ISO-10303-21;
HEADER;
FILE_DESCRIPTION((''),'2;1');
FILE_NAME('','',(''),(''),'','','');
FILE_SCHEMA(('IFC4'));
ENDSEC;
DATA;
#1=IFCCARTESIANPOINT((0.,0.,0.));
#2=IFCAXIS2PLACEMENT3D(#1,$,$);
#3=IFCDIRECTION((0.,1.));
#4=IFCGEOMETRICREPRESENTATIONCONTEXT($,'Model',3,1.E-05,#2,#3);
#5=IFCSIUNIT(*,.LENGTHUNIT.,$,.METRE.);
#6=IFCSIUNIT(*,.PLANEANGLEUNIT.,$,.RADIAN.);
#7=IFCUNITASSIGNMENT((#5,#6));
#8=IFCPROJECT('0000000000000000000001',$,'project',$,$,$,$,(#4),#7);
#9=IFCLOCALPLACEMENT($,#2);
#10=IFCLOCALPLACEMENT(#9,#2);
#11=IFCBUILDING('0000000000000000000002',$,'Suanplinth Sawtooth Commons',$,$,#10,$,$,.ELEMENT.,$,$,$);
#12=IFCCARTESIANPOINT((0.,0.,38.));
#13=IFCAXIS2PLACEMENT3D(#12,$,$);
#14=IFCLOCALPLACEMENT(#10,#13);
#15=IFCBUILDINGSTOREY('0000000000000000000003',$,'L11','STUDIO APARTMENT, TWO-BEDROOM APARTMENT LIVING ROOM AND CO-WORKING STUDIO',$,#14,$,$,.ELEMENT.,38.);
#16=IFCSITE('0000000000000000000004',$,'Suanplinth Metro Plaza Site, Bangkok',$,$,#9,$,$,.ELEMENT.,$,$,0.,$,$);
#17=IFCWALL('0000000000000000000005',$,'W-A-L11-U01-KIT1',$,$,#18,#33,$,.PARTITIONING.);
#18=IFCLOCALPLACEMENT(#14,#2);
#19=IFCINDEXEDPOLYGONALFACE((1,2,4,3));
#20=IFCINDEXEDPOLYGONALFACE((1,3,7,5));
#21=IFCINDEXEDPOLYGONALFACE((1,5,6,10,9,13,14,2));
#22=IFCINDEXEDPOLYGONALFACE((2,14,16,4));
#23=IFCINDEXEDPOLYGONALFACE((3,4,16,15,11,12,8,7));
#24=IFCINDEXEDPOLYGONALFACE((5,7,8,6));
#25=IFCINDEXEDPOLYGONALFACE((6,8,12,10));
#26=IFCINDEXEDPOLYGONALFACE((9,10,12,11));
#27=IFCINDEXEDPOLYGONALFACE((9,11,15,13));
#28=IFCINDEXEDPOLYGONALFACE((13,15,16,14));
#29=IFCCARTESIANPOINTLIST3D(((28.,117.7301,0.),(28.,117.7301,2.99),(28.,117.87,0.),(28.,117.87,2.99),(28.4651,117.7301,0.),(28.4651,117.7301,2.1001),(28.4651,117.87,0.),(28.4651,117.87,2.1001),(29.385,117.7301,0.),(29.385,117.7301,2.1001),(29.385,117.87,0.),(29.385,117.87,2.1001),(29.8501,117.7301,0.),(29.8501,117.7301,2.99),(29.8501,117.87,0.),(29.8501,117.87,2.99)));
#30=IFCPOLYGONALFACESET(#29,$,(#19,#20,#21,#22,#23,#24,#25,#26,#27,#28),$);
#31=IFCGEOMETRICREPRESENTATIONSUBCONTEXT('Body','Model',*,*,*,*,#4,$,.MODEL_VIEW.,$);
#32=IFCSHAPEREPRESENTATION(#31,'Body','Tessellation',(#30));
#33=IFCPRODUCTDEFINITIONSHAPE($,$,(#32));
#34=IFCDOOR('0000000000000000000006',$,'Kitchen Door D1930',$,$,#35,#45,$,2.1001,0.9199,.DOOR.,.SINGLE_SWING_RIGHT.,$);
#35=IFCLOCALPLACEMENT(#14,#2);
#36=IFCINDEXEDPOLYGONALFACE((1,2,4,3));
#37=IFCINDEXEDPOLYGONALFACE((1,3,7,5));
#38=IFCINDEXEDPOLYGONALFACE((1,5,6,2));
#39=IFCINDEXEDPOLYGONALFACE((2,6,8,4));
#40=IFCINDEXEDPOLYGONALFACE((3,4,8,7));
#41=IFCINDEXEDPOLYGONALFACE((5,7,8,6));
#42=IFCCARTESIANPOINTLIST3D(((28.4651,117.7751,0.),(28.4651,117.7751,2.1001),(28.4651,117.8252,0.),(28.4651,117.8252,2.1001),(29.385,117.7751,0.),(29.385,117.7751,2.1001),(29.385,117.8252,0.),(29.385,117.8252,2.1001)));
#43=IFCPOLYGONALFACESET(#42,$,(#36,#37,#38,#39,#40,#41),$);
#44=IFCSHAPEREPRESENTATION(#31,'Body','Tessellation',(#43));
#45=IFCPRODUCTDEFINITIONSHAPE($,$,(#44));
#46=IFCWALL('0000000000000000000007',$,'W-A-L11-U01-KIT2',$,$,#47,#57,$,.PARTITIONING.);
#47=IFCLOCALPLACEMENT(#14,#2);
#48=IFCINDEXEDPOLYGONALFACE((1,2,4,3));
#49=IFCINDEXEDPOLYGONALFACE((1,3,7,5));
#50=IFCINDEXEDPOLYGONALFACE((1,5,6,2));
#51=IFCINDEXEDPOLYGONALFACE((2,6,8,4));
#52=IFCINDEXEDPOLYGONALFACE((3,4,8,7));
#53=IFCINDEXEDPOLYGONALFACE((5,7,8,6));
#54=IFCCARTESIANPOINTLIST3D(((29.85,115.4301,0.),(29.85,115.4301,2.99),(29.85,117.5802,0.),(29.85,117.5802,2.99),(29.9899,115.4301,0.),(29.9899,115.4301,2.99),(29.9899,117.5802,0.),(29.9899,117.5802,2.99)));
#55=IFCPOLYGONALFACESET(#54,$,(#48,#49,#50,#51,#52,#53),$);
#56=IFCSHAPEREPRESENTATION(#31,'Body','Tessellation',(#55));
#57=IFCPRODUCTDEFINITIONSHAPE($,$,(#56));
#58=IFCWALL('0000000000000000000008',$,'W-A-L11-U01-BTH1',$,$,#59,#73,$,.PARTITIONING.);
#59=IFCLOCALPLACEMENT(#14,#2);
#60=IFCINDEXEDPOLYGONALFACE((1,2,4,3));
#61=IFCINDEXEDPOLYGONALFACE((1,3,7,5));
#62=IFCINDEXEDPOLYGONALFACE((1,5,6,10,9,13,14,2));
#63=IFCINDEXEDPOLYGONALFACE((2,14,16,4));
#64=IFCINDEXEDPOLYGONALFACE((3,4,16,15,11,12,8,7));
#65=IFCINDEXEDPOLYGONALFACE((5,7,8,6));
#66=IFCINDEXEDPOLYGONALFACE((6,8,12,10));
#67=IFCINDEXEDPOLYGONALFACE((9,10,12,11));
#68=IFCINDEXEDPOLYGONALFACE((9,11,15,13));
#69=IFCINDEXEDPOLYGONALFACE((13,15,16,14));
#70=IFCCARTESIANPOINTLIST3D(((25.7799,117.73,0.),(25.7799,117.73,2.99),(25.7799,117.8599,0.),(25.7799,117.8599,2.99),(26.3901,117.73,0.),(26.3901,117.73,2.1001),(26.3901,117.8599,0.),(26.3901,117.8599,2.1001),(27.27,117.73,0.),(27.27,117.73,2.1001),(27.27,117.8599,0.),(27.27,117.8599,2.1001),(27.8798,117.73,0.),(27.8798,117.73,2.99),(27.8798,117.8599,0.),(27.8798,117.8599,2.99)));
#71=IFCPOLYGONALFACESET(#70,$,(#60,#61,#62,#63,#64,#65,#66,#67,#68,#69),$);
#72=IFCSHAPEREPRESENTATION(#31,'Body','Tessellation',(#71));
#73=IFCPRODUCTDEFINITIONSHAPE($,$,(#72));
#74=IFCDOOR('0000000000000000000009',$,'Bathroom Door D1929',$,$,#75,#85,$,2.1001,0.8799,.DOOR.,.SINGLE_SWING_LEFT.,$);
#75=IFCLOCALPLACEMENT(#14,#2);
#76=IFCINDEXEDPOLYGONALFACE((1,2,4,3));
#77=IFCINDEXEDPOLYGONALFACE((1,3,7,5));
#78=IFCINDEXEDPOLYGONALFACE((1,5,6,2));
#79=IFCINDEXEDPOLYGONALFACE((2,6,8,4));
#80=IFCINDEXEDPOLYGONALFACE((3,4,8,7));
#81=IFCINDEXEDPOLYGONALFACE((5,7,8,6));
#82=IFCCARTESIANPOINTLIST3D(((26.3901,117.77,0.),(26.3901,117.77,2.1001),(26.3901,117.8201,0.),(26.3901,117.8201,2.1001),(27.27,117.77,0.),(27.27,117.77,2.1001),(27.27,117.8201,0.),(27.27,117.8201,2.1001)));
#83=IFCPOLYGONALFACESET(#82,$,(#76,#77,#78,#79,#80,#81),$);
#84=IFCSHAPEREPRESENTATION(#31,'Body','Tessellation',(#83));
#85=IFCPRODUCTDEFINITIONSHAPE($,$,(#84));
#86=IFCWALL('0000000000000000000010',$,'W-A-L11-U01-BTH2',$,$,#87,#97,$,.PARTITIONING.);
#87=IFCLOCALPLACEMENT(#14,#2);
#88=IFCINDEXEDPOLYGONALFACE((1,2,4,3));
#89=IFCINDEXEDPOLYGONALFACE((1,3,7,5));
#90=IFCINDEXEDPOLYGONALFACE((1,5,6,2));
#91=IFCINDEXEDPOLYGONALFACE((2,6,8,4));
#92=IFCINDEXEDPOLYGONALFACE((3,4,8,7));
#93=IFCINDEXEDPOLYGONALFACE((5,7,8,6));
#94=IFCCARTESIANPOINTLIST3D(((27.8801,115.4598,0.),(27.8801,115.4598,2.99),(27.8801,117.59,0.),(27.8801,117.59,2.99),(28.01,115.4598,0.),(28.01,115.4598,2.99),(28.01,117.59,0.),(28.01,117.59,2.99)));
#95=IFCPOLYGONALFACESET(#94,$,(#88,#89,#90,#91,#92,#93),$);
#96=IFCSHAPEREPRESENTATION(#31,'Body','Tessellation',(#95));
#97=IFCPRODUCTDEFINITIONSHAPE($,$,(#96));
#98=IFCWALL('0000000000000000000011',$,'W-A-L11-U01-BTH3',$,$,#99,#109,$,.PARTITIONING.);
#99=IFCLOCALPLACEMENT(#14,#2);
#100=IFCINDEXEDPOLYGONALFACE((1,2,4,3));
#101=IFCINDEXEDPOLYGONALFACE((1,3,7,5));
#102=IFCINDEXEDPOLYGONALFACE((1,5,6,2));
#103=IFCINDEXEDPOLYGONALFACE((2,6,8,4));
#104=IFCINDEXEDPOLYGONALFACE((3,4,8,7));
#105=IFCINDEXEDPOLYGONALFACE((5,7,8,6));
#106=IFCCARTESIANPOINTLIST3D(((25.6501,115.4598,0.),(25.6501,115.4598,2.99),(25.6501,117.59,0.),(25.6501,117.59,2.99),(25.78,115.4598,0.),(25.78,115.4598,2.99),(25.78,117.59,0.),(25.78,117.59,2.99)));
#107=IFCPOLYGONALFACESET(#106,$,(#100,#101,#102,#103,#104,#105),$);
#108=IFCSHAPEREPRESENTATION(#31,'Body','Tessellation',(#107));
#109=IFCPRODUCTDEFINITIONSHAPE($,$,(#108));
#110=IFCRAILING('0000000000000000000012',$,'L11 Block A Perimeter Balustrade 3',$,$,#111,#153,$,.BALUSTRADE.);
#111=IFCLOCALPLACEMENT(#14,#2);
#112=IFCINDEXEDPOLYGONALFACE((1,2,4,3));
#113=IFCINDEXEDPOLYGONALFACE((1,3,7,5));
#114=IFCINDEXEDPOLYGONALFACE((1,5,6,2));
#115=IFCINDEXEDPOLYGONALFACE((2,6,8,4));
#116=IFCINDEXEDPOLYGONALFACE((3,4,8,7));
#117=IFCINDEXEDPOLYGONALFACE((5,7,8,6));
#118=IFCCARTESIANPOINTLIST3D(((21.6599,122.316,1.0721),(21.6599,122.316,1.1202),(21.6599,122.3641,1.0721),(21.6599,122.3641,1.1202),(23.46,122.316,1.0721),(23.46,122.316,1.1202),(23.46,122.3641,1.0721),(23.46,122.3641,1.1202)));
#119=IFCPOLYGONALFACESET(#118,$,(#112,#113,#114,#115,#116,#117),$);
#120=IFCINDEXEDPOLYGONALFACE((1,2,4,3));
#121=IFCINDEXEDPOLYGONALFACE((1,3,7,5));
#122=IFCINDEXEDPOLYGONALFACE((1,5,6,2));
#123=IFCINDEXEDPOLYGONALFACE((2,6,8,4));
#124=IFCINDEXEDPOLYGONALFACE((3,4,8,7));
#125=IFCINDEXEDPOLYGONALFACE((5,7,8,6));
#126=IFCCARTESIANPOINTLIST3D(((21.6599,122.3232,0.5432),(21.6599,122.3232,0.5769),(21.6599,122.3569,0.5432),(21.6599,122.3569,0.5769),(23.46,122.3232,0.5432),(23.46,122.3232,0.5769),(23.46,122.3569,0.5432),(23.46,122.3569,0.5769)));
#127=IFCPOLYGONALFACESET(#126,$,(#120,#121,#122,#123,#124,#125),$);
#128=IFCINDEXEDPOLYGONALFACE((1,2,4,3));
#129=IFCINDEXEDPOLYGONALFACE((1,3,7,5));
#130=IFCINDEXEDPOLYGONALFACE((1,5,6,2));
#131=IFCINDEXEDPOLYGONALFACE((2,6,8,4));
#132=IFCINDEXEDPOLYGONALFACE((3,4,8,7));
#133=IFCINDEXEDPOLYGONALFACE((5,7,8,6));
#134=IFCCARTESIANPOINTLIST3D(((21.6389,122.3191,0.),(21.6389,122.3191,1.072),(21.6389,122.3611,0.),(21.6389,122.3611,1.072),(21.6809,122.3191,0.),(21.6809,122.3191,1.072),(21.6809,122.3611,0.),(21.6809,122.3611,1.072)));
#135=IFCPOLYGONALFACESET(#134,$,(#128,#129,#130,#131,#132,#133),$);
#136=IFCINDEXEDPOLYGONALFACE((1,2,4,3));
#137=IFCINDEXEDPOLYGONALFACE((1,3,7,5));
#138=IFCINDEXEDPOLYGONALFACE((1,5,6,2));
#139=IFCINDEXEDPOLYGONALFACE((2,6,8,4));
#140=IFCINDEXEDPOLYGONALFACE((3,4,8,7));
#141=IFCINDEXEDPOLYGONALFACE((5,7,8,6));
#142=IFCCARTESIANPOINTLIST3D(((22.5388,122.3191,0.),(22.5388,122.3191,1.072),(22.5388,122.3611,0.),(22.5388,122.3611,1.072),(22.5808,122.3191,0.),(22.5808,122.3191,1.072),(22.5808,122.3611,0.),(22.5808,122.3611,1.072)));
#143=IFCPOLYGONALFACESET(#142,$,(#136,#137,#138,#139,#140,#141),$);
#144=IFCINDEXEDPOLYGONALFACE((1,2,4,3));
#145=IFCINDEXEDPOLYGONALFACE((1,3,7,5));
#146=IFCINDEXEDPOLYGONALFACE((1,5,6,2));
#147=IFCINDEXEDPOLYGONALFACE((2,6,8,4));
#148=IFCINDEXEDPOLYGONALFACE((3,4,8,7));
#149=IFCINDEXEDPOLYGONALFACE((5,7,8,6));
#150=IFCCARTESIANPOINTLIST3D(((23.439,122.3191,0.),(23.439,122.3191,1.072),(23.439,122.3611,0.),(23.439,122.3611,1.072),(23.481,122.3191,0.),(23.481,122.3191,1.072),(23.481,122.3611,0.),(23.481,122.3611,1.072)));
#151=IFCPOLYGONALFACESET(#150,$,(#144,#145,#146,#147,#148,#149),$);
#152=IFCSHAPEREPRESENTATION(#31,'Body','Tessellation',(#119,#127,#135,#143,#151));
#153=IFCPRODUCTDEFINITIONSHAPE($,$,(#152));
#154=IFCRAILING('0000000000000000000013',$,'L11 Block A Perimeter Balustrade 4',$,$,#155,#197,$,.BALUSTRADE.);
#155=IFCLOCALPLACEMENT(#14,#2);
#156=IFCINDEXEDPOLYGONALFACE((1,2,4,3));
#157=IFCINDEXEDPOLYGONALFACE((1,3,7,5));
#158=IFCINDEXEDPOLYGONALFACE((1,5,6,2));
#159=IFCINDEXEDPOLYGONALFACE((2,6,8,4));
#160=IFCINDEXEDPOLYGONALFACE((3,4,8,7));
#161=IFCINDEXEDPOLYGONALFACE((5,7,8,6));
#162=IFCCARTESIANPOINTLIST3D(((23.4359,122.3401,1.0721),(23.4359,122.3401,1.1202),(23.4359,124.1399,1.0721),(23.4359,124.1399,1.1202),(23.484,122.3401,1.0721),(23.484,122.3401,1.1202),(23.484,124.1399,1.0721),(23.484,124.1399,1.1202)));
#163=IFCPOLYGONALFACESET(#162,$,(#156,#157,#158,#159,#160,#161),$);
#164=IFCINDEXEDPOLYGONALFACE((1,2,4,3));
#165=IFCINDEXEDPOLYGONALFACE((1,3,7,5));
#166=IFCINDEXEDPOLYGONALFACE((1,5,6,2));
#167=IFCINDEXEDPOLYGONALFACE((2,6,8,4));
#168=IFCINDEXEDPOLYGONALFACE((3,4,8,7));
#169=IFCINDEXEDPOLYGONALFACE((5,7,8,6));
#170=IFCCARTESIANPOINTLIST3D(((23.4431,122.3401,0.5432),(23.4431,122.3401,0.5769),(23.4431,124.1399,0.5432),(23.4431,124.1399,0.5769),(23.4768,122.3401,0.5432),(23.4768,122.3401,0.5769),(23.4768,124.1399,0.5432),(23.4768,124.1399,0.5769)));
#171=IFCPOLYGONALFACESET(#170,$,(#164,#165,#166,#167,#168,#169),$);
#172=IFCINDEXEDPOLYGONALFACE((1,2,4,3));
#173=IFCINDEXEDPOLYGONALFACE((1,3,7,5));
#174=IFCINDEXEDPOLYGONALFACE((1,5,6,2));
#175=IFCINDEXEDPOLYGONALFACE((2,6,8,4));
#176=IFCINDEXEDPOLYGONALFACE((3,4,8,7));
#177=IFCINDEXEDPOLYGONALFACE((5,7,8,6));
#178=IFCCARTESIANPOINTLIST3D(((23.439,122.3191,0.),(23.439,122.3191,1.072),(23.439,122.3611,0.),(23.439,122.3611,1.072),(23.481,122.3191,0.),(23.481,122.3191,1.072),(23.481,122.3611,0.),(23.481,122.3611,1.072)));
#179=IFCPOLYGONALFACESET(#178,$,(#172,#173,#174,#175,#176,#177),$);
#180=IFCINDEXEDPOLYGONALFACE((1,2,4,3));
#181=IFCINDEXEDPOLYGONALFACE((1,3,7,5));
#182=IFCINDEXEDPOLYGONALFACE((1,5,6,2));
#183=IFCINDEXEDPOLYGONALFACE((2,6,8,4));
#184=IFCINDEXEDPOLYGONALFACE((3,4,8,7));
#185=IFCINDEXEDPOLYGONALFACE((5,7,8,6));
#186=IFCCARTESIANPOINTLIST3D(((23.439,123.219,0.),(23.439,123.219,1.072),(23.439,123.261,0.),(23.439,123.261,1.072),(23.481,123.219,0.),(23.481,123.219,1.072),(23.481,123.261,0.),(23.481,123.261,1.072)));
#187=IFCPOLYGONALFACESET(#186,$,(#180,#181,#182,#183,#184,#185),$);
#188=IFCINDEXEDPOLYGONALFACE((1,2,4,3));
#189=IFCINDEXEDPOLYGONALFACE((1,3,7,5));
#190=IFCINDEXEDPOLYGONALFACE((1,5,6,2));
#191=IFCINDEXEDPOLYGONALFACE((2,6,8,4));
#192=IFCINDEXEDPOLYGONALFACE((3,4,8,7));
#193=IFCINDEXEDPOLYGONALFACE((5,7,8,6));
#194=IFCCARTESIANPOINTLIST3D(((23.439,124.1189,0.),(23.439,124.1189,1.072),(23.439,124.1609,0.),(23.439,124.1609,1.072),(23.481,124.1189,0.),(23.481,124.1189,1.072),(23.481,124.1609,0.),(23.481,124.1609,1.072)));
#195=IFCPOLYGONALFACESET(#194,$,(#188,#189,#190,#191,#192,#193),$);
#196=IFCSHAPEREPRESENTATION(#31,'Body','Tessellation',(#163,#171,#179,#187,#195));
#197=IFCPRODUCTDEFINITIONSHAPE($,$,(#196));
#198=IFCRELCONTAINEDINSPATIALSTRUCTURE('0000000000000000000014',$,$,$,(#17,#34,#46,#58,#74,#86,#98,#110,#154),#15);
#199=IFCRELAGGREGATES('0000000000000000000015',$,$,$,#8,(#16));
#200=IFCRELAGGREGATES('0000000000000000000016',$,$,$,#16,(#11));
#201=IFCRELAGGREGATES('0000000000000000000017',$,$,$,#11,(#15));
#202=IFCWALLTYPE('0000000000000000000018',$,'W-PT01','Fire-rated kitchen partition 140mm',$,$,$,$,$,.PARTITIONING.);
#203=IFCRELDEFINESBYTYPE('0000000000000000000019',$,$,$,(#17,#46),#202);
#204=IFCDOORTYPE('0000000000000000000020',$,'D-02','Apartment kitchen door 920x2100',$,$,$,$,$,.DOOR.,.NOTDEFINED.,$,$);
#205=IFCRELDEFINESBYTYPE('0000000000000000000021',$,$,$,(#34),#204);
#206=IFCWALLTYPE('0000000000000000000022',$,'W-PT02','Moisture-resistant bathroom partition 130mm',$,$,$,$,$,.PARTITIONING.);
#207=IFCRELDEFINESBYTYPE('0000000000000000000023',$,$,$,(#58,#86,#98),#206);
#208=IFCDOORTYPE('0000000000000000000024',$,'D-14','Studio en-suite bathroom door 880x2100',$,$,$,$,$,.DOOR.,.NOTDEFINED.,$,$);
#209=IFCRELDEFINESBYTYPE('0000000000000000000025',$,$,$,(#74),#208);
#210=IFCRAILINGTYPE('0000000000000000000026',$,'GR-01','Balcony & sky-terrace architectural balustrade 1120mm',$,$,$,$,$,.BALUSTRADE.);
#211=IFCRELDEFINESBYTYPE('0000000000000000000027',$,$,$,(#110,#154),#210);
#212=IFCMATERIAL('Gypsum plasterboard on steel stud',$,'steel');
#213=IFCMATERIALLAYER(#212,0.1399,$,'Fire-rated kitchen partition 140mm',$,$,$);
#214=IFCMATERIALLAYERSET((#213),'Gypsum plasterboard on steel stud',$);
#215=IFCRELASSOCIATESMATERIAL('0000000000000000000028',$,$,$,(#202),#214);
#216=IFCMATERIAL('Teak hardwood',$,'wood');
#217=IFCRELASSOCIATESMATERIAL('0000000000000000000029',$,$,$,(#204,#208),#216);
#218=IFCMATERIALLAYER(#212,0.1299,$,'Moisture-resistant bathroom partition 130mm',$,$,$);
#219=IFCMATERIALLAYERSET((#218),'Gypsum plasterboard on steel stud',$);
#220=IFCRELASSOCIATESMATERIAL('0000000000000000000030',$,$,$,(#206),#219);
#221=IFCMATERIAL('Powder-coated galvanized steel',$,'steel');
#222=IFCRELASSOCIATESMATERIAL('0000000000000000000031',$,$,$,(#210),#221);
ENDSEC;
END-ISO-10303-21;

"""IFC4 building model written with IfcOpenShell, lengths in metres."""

from ifc_helpers import new_model, si_unit, direction, frame, frame_2d, origin, origin_2d, place, context, subcontext, project, spatial, rectangle, extrude, material, layer, layer_set, type_object, element, fill, save


model = new_model("IFC4")

# Units and contexts
model_context = context("Model", 3, precision=1e-05, world=origin(), true_north=direction((0.0, 1.0)))
body_context = subcontext(model_context, "Body", "Model", "MODEL_VIEW")
ifc_project = project(units=[si_unit("LENGTHUNIT", "METRE"), si_unit("PLANEANGLEUNIT", "RADIAN")], contexts=[model_context])

# Site, building, storey
site_placement = place(None, origin())
site = spatial("IfcSite", under=ifc_project, at=site_placement, Name="Suanplinth Metro Plaza Site, Bangkok", CompositionType="ELEMENT", RefElevation=0.0)
building_placement = place(site_placement, origin())
building = spatial("IfcBuilding", under=site, at=building_placement, Name="Suanplinth Sawtooth Commons", CompositionType="ELEMENT")
storey_placement = place(building_placement, frame((0.0, 0.0, 38.0)))
storey = spatial("IfcBuildingStorey", under=building, at=storey_placement, Name="L11", Description="STUDIO APARTMENT, TWO-BEDROOM APARTMENT LIVING ROOM AND CO-WORKING STUDIO", CompositionType="ELEMENT", Elevation=38.0)

# Wall, opening, door
ifc_material_1 = material(Name="Gypsum plasterboard on steel stud", Category="steel")
ifc_layer_1 = layer(ifc_material_1, 0.1399, Name="Fire-rated kitchen partition 140mm")
ifc_layer_set_1 = layer_set([ifc_layer_1], Name="Gypsum plasterboard on steel stud")
wall_type_1 = type_object("IfcWallType", Name="W-PT01", Description="Fire-rated kitchen partition 140mm", PredefinedType="PARTITIONING", material=ifc_layer_set_1)
wall_1_placement = place(storey_placement, frame((28.0, 117.8, 0.0), z_axis=(0.0, 0.0, 1.0), x_axis=(1.0, 0.0, 0.0)))
wall_1 = element("IfcWall", 1, at=wall_1_placement, inside=storey, type_object=wall_type_1, Name="W-A-L11-U01-KIT1", PredefinedType="PARTITIONING", context=body_context, shape_type="SweptSolid", body=[
    extrude(rectangle(XDim=1.8501, YDim=0.1399, at=frame_2d((0.925, 0.0))), origin(), (0.0, 0.0, 1.0), 2.99),
])
opening_1_placement = place(wall_1_placement, frame((0.4651, 0.0, 0.0)))
opening_1 = element("IfcOpeningElement", 2, at=opening_1_placement, cuts=wall_1, PredefinedType="OPENING", context=body_context, shape_type="SweptSolid", body=[
    extrude(rectangle(XDim=0.9199, YDim=2.1001, at=frame_2d((0.46, 1.05))), frame((0.0, 0.085, 0.0), z_axis=(0.0, -1.0, 0.0), x_axis=(1.0, 0.0, 0.0)), (0.0, 0.0, 1.0), 0.1697),
])
ifc_material_2 = material(Name="Teak hardwood", Category="wood")
door_type_1 = type_object("IfcDoorType", Name="D-02", Description="Apartment kitchen door 920x2100", OperationType="NOTDEFINED", PredefinedType="DOOR", material=ifc_material_2)
door_1_placement = place(opening_1_placement, frame((0.9199, 0.0, 0.0), z_axis=(0.0, 0.0, 1.0), x_axis=(-1.0, 0.0, 0.0)))
door_1 = element("IfcDoor", 3, at=door_1_placement, inside=storey, type_object=door_type_1, Name="Kitchen Door D1930", OperationType="SINGLE_SWING_RIGHT", OverallHeight=2.1001, OverallWidth=0.9199, PredefinedType="DOOR", context=body_context, shape_type="SweptSolid", body=[
    extrude(rectangle(XDim=0.9199, YDim=2.1001, at=frame_2d((0.46, 1.05))), frame((0.0, 0.0249, 0.0), z_axis=(0.0, -1.0, 0.0), x_axis=(1.0, 0.0, 0.0)), (0.0, 0.0, 1.0), 0.05),
])
fill(opening_1, door_1)

# Wall
wall_2_placement = place(storey_placement, frame((29.9199, 115.4299, 0.0), z_axis=(0.0, 0.0, 1.0), x_axis=(0.0, 1.0, 0.0)))
element("IfcWall", 4, at=wall_2_placement, inside=storey, type_object=wall_type_1, Name="W-A-L11-U01-KIT2", PredefinedType="PARTITIONING", context=body_context, shape_type="SweptSolid", body=[
    extrude(rectangle(XDim=2.1501, YDim=0.1399, at=frame_2d((1.0752, 0.0))), origin(), (0.0, 0.0, 1.0), 2.99),
])

# Wall, opening, door
ifc_layer_2 = layer(ifc_material_1, 0.1299, Name="Moisture-resistant bathroom partition 130mm")
ifc_layer_set_2 = layer_set([ifc_layer_2], Name="Gypsum plasterboard on steel stud")
wall_type_2 = type_object("IfcWallType", Name="W-PT02", Description="Moisture-resistant bathroom partition 130mm", PredefinedType="PARTITIONING", material=ifc_layer_set_2)
wall_3_placement = place(storey_placement, frame((25.78, 117.7949, 0.0), z_axis=(0.0, 0.0, 1.0), x_axis=(1.0, 0.0, 0.0)))
wall_3 = element("IfcWall", 5, at=wall_3_placement, inside=storey, type_object=wall_type_2, Name="W-A-L11-U01-BTH1", PredefinedType="PARTITIONING", context=body_context, shape_type="SweptSolid", body=[
    extrude(rectangle(XDim=2.0999, YDim=0.1299, at=frame_2d((1.0498, 0.0))), origin(), (0.0, 0.0, 1.0), 2.99),
])
opening_2_placement = place(wall_3_placement, frame((0.6101, 0.0, 0.0)))
opening_2 = element("IfcOpeningElement", 6, at=opening_2_placement, cuts=wall_3, PredefinedType="OPENING", context=body_context, shape_type="SweptSolid", body=[
    extrude(rectangle(XDim=0.8799, YDim=2.1001, at=frame_2d((0.4399, 1.05))), frame((0.0, 0.0798, 0.0), z_axis=(0.0, -1.0, 0.0), x_axis=(1.0, 0.0, 0.0)), (0.0, 0.0, 1.0), 0.1597),
])
door_type_2 = type_object("IfcDoorType", Name="D-14", Description="Studio en-suite bathroom door 880x2100", OperationType="NOTDEFINED", PredefinedType="DOOR", material=ifc_material_2)
door_2_placement = place(opening_2_placement, frame((0.8799, 0.0, 0.0), z_axis=(0.0, 0.0, 1.0), x_axis=(-1.0, 0.0, 0.0)))
door_2 = element("IfcDoor", 7, at=door_2_placement, inside=storey, type_object=door_type_2, Name="Bathroom Door D1929", OperationType="SINGLE_SWING_LEFT", OverallHeight=2.1001, OverallWidth=0.8799, PredefinedType="DOOR", context=body_context, shape_type="SweptSolid", body=[
    extrude(rectangle(XDim=0.8799, YDim=2.1001, at=frame_2d((0.4399, 1.05))), frame((0.0, 0.0249, 0.0), z_axis=(0.0, -1.0, 0.0), x_axis=(1.0, 0.0, 0.0)), (0.0, 0.0, 1.0), 0.05),
])
fill(opening_2, door_2)

# Walls
for number, where, z_axis, x_axis, name in (
    (8, (27.9451, 115.46, 0.0), (0.0, 0.0, 1.0), (0.0, 1.0, 0.0), "W-A-L11-U01-BTH2"),
    (9, (25.7151, 115.46, 0.0), (0.0, 0.0, 1.0), (0.0, 1.0, 0.0), "W-A-L11-U01-BTH3"),
):
    element("IfcWall", number, at=place(storey_placement, frame(where, z_axis=z_axis, x_axis=x_axis)), inside=storey, type_object=wall_type_2, Name=name, PredefinedType="PARTITIONING", context=body_context, shape_type="SweptSolid", body=[
        extrude(rectangle(XDim=2.1301, YDim=0.1299, at=frame_2d((1.0649, 0.0))), origin(), (0.0, 0.0, 1.0), 2.99),
    ])

# Railings
ifc_material_3 = material(Name="Powder-coated galvanized steel", Category="steel")
railing_type = type_object("IfcRailingType", Name="GR-01", Description="Balcony & sky-terrace architectural balustrade 1120mm", PredefinedType="BALUSTRADE", material=ifc_material_3)
railing_1_placement = place(storey_placement, frame((21.6599, 122.3401, 0.0)))
element("IfcRailing", 10, at=railing_1_placement, inside=storey, type_object=railing_type, Name="L11 Block A Perimeter Balustrade 3", PredefinedType="BALUSTRADE", context=body_context, shape_type="SweptSolid", body=[
    extrude(rectangle(XDim=0.0481, YDim=0.0481, at=origin_2d()), frame((0.0, 0.0, 1.0962), z_axis=(1.0, 0.0, 0.0), x_axis=(0.0, 1.0, 0.0)), (0.0, 0.0, 1.0), 1.8),
    extrude(rectangle(XDim=0.0337, YDim=0.0337, at=origin_2d()), frame((0.0, 0.0, 0.5601), z_axis=(1.0, 0.0, 0.0), x_axis=(0.0, 1.0, 0.0)), (0.0, 0.0, 1.0), 1.8),
    extrude(rectangle(XDim=0.042, YDim=0.042, at=origin_2d()), origin(), (0.0, 0.0, 1.0), 1.072),
    extrude(rectangle(XDim=0.042, YDim=0.042, at=origin_2d()), frame((0.8999, 0.0, 0.0)), (0.0, 0.0, 1.0), 1.072),
    extrude(rectangle(XDim=0.042, YDim=0.042, at=origin_2d()), frame((1.8, 0.0, 0.0)), (0.0, 0.0, 1.0), 1.072),
])
railing_2_placement = place(storey_placement, frame((23.46, 122.3401, 0.0)))
element("IfcRailing", 11, at=railing_2_placement, inside=storey, type_object=railing_type, Name="L11 Block A Perimeter Balustrade 4", PredefinedType="BALUSTRADE", context=body_context, shape_type="SweptSolid", body=[
    extrude(rectangle(XDim=0.0481, YDim=0.0481, at=origin_2d()), frame((0.0, 0.0, 1.0962), z_axis=(0.0, 1.0, 0.0), x_axis=(-1.0, 0.0, 0.0)), (0.0, 0.0, 1.0), 1.7998),
    extrude(rectangle(XDim=0.0337, YDim=0.0337, at=origin_2d()), frame((0.0, 0.0, 0.5601), z_axis=(0.0, 1.0, 0.0), x_axis=(-1.0, 0.0, 0.0)), (0.0, 0.0, 1.0), 1.7998),
    extrude(rectangle(XDim=0.042, YDim=0.042, at=origin_2d()), origin(), (0.0, 0.0, 1.0), 1.072),
    extrude(rectangle(XDim=0.042, YDim=0.042, at=origin_2d()), frame((0.0, 0.8999, 0.0)), (0.0, 0.0, 1.0), 1.072),
    extrude(rectangle(XDim=0.042, YDim=0.042, at=origin_2d()), frame((0.0, 1.7998, 0.0)), (0.0, 0.0, 1.0), 1.072),
])

save(model, "model.ifc")
